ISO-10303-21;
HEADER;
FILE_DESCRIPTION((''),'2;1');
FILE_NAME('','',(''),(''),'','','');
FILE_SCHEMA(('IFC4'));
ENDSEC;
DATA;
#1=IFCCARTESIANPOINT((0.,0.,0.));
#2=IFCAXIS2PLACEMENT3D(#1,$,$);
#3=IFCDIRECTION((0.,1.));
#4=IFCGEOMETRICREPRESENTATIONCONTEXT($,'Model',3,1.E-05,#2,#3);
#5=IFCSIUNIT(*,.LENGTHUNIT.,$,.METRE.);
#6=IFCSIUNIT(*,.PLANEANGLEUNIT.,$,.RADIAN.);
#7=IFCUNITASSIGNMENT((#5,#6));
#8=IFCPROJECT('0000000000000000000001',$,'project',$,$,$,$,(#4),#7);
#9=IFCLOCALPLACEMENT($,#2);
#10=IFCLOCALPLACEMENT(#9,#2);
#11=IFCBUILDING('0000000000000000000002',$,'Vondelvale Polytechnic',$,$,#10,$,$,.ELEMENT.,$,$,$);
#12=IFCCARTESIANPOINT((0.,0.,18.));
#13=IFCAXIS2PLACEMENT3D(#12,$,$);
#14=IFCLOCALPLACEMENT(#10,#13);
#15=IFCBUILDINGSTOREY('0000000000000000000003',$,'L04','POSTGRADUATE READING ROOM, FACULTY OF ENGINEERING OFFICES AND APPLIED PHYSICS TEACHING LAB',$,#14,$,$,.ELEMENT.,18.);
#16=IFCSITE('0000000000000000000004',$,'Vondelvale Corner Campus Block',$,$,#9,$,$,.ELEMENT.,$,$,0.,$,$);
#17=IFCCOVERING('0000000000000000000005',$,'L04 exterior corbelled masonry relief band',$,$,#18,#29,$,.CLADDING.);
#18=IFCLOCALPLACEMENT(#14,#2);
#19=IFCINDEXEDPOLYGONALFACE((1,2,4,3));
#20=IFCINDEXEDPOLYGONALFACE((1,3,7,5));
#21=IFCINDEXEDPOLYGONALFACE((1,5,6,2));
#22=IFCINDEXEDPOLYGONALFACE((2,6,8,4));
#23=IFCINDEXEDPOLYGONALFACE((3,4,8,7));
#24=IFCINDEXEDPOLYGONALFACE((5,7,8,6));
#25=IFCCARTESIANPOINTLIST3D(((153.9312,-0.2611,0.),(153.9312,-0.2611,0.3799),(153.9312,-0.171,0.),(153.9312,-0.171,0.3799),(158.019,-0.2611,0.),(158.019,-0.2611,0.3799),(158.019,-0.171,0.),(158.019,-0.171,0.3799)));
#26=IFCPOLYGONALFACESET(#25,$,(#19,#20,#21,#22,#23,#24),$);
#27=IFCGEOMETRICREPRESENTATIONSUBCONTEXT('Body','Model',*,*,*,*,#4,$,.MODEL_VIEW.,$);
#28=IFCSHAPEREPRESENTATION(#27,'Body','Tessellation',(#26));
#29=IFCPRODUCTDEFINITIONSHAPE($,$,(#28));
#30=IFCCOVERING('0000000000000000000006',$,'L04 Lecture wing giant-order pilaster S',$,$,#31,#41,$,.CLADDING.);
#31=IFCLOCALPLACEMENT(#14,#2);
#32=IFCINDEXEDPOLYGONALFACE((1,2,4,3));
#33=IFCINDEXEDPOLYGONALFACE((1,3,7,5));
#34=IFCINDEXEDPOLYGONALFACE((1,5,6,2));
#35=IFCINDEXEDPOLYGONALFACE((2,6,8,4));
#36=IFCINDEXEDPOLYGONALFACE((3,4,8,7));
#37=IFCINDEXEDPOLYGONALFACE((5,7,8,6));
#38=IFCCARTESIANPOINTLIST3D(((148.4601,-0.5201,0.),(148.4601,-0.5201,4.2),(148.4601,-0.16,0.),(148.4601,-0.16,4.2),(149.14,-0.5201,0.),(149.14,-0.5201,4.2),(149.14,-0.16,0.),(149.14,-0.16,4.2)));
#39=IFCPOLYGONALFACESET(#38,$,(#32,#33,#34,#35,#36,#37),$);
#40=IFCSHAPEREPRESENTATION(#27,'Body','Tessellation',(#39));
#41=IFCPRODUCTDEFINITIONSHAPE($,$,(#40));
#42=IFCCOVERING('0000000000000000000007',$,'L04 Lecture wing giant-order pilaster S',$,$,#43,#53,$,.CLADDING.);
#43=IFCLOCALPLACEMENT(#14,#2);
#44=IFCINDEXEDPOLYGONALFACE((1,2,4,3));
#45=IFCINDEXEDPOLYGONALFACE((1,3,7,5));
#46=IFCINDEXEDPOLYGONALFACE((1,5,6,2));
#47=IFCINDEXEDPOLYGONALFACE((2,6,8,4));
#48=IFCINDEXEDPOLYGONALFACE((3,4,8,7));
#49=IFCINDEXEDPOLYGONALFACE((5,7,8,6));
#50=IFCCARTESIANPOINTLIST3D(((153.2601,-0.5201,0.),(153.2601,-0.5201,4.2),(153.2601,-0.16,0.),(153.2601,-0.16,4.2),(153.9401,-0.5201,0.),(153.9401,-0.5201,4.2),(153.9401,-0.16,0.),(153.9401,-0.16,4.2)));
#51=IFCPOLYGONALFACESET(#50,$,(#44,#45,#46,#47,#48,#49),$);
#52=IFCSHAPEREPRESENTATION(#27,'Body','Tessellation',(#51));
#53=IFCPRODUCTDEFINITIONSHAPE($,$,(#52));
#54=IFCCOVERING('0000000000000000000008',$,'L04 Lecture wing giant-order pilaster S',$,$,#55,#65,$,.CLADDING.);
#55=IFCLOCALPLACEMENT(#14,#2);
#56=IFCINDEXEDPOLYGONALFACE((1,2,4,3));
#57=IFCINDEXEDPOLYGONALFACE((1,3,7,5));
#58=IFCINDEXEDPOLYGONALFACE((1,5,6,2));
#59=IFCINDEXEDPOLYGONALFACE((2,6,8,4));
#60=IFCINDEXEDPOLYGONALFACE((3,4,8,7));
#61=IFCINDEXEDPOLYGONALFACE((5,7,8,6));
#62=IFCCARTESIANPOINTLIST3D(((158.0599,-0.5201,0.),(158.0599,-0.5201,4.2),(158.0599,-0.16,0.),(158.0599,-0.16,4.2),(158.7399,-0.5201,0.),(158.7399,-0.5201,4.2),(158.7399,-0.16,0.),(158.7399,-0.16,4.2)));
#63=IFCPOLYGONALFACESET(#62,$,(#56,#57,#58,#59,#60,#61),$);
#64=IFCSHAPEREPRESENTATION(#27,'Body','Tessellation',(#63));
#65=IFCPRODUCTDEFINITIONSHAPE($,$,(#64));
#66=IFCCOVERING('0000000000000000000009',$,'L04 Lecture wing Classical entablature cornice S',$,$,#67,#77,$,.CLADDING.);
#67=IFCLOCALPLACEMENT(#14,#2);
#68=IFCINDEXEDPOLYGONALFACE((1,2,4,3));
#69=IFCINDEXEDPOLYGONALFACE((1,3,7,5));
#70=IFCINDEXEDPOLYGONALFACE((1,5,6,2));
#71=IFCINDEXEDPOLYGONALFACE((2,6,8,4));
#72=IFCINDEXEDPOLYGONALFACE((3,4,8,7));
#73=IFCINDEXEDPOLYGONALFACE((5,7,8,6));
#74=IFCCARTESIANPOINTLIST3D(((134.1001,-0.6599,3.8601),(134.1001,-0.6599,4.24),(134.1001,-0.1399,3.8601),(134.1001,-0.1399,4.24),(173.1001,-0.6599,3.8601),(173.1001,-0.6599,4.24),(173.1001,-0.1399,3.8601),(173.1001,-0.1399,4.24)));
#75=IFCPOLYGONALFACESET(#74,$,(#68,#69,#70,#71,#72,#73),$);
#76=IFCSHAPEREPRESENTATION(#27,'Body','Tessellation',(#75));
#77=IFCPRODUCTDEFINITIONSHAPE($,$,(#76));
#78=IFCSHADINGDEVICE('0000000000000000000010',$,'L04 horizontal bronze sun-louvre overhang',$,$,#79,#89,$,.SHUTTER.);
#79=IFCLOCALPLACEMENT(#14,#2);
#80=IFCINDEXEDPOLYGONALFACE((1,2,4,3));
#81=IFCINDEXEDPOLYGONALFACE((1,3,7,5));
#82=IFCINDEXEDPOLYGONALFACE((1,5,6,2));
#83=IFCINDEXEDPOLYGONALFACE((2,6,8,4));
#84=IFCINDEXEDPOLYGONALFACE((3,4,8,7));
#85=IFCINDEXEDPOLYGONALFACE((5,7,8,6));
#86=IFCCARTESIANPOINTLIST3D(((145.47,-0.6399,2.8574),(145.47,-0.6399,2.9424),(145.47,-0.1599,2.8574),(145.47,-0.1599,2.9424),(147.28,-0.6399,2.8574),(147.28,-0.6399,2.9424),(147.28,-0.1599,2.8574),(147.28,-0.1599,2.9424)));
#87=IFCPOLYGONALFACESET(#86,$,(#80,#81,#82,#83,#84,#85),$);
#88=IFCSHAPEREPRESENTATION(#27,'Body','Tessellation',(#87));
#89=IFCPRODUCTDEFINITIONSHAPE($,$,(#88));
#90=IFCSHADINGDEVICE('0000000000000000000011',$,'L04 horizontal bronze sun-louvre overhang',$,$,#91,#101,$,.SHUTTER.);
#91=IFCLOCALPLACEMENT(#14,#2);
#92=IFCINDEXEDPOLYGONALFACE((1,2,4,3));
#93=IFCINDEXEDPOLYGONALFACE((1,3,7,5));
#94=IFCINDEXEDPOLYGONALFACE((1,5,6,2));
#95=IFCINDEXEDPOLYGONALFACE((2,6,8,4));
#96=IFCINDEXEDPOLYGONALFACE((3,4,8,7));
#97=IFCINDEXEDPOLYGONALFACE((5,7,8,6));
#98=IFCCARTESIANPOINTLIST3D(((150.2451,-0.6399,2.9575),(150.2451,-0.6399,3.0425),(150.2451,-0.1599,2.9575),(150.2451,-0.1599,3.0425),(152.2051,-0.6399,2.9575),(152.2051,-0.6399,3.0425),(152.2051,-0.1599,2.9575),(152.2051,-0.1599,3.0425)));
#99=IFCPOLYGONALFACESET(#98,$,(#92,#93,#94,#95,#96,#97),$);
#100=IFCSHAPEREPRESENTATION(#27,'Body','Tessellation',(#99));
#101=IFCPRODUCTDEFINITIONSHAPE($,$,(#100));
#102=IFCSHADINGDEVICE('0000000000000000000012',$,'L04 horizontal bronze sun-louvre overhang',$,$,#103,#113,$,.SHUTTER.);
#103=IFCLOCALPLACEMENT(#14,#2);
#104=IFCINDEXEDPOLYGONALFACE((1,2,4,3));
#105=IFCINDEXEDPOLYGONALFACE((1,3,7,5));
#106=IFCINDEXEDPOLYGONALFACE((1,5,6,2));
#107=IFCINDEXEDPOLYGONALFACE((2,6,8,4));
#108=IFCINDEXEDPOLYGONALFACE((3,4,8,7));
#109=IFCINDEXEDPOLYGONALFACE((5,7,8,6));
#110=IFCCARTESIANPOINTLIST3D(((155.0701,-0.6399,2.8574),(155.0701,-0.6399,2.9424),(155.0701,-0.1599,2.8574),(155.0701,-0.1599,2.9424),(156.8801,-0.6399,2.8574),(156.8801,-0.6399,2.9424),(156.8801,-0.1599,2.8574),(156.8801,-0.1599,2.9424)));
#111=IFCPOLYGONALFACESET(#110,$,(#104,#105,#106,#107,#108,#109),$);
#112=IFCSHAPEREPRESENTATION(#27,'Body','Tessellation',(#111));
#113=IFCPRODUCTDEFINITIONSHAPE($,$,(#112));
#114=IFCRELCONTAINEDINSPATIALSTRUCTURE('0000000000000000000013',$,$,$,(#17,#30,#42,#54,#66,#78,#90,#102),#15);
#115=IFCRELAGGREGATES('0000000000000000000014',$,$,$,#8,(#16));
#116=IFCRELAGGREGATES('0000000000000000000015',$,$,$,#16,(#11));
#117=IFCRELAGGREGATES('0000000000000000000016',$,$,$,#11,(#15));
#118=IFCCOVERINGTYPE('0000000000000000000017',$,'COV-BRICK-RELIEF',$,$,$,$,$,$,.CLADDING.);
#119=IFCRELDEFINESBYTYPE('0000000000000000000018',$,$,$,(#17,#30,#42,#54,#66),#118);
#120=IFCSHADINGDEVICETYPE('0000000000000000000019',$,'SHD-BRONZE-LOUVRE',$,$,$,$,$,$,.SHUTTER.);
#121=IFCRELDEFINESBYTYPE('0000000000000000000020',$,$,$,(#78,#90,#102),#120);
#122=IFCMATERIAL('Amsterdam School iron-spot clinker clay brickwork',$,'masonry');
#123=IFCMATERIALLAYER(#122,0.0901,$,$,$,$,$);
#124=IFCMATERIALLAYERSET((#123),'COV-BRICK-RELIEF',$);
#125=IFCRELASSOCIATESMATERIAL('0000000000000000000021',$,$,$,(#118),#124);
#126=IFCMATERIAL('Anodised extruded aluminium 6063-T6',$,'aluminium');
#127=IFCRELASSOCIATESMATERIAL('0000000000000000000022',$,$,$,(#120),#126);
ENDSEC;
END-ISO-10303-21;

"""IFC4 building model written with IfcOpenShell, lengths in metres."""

from ifc_helpers import new_model, si_unit, direction, frame, origin, origin_2d, place, context, subcontext, project, spatial, rectangle, extrude, material, layer, layer_set, type_object, element, save


model = new_model("IFC4")

# Units and contexts
model_context = context("Model", 3, precision=1e-05, world=origin(), true_north=direction((0.0, 1.0)))
body_context = subcontext(model_context, "Body", "Model", "MODEL_VIEW")
ifc_project = project(units=[si_unit("LENGTHUNIT", "METRE"), si_unit("PLANEANGLEUNIT", "RADIAN")], contexts=[model_context])

# Site, building, storey
site_placement = place(None, origin())
site = spatial("IfcSite", under=ifc_project, at=site_placement, Name="Vondelvale Corner Campus Block", CompositionType="ELEMENT", RefElevation=0.0)
building_placement = place(site_placement, origin())
building = spatial("IfcBuilding", under=site, at=building_placement, Name="Vondelvale Polytechnic", CompositionType="ELEMENT")
storey_placement = place(building_placement, frame((0.0, 0.0, 18.0)))
storey = spatial("IfcBuildingStorey", under=building, at=storey_placement, Name="L04", Description="POSTGRADUATE READING ROOM, FACULTY OF ENGINEERING OFFICES AND APPLIED PHYSICS TEACHING LAB", CompositionType="ELEMENT", Elevation=18.0)

# Shared definitions
ifc_material_1 = material(Name="Amsterdam School iron-spot clinker clay brickwork", Category="masonry")

# Coverings
ifc_layer_1 = layer(ifc_material_1, 0.0901)
ifc_layer_set_1 = layer_set([ifc_layer_1], Name="COV-BRICK-RELIEF")
covering_type = type_object("IfcCoveringType", Name="COV-BRICK-RELIEF", PredefinedType="CLADDING", material=ifc_layer_set_1)
for number, where, z_axis, x_axis, name in (
    (1, (155.9751, -0.2161, 0.0), (0.0, 0.0, 1.0), (-1.0, 0.0, 0.0), "L04 exterior corbelled masonry relief band"),
):
    element("IfcCovering", number, at=place(storey_placement, frame(where, z_axis=z_axis, x_axis=x_axis)), inside=storey, type_object=covering_type, Name=name, PredefinedType="CLADDING", context=body_context, shape_type="SweptSolid", body=[
        extrude(rectangle(XDim=4.0879, YDim=0.0901, at=origin_2d()), origin(), (0.0, 0.0, 1.0), 0.3799),
    ])
for number, where, z_axis, x_axis, name in (
    (2, (148.8, -0.3401, 0.0), (0.0, 0.0, 1.0), (1.0, 0.0, 0.0), "L04 Lecture wing giant-order pilaster S"),
    (3, (153.6001, -0.3401, 0.0), (0.0, 0.0, 1.0), (1.0, 0.0, 0.0), "L04 Lecture wing giant-order pilaster S"),
    (4, (158.3999, -0.3401, 0.0), (0.0, 0.0, 1.0), (1.0, 0.0, 0.0), "L04 Lecture wing giant-order pilaster S"),
):
    element("IfcCovering", number, at=place(storey_placement, frame(where, z_axis=z_axis, x_axis=x_axis)), inside=storey, type_object=covering_type, Name=name, PredefinedType="CLADDING", context=body_context, shape_type="SweptSolid", body=[
        extrude(rectangle(XDim=0.6799, YDim=0.3601, at=origin_2d()), origin(), (0.0, 0.0, 1.0), 4.2),
    ])
covering_1_placement = place(storey_placement, frame((153.6001, -0.3999, 3.8601), z_axis=(0.0, 0.0, 1.0), x_axis=(1.0, 0.0, 0.0)))
element("IfcCovering", 5, at=covering_1_placement, inside=storey, type_object=covering_type, Name="L04 Lecture wing Classical entablature cornice S", PredefinedType="CLADDING", context=body_context, shape_type="SweptSolid", body=[
    extrude(rectangle(XDim=39.0, YDim=0.52, at=origin_2d()), origin(), (0.0, 0.0, 1.0), 0.3799),
])

# Shading devices
ifc_material_2 = material(Name="Anodised extruded aluminium 6063-T6", Category="aluminium")
shading_device_type = type_object("IfcShadingDeviceType", Name="SHD-BRONZE-LOUVRE", PredefinedType="SHUTTER", material=ifc_material_2)
shading_device_1_placement = place(storey_placement, frame((146.375, -0.3999, 2.8574), z_axis=(0.0, 0.0, 1.0), x_axis=(-1.0, 0.0, 0.0)))
element("IfcShadingDevice", 6, at=shading_device_1_placement, inside=storey, type_object=shading_device_type, Name="L04 horizontal bronze sun-louvre overhang", PredefinedType="SHUTTER", context=body_context, shape_type="SweptSolid", body=[
    extrude(rectangle(XDim=1.8101, YDim=0.48, at=origin_2d()), origin(), (0.0, 0.0, 1.0), 0.085),
])
shading_device_2_placement = place(storey_placement, frame((151.2251, -0.3999, 2.9575), z_axis=(0.0, 0.0, 1.0), x_axis=(-1.0, 0.0, 0.0)))
element("IfcShadingDevice", 7, at=shading_device_2_placement, inside=storey, type_object=shading_device_type, Name="L04 horizontal bronze sun-louvre overhang", PredefinedType="SHUTTER", context=body_context, shape_type="SweptSolid", body=[
    extrude(rectangle(XDim=1.96, YDim=0.48, at=origin_2d()), origin(), (0.0, 0.0, 1.0), 0.085),
])
shading_device_3_placement = place(storey_placement, frame((155.9751, -0.3999, 2.8574), z_axis=(0.0, 0.0, 1.0), x_axis=(-1.0, 0.0, 0.0)))
element("IfcShadingDevice", 8, at=shading_device_3_placement, inside=storey, type_object=shading_device_type, Name="L04 horizontal bronze sun-louvre overhang", PredefinedType="SHUTTER", context=body_context, shape_type="SweptSolid", body=[
    extrude(rectangle(XDim=1.8101, YDim=0.48, at=origin_2d()), origin(), (0.0, 0.0, 1.0), 0.085),
])

save(model, "model.ifc")
